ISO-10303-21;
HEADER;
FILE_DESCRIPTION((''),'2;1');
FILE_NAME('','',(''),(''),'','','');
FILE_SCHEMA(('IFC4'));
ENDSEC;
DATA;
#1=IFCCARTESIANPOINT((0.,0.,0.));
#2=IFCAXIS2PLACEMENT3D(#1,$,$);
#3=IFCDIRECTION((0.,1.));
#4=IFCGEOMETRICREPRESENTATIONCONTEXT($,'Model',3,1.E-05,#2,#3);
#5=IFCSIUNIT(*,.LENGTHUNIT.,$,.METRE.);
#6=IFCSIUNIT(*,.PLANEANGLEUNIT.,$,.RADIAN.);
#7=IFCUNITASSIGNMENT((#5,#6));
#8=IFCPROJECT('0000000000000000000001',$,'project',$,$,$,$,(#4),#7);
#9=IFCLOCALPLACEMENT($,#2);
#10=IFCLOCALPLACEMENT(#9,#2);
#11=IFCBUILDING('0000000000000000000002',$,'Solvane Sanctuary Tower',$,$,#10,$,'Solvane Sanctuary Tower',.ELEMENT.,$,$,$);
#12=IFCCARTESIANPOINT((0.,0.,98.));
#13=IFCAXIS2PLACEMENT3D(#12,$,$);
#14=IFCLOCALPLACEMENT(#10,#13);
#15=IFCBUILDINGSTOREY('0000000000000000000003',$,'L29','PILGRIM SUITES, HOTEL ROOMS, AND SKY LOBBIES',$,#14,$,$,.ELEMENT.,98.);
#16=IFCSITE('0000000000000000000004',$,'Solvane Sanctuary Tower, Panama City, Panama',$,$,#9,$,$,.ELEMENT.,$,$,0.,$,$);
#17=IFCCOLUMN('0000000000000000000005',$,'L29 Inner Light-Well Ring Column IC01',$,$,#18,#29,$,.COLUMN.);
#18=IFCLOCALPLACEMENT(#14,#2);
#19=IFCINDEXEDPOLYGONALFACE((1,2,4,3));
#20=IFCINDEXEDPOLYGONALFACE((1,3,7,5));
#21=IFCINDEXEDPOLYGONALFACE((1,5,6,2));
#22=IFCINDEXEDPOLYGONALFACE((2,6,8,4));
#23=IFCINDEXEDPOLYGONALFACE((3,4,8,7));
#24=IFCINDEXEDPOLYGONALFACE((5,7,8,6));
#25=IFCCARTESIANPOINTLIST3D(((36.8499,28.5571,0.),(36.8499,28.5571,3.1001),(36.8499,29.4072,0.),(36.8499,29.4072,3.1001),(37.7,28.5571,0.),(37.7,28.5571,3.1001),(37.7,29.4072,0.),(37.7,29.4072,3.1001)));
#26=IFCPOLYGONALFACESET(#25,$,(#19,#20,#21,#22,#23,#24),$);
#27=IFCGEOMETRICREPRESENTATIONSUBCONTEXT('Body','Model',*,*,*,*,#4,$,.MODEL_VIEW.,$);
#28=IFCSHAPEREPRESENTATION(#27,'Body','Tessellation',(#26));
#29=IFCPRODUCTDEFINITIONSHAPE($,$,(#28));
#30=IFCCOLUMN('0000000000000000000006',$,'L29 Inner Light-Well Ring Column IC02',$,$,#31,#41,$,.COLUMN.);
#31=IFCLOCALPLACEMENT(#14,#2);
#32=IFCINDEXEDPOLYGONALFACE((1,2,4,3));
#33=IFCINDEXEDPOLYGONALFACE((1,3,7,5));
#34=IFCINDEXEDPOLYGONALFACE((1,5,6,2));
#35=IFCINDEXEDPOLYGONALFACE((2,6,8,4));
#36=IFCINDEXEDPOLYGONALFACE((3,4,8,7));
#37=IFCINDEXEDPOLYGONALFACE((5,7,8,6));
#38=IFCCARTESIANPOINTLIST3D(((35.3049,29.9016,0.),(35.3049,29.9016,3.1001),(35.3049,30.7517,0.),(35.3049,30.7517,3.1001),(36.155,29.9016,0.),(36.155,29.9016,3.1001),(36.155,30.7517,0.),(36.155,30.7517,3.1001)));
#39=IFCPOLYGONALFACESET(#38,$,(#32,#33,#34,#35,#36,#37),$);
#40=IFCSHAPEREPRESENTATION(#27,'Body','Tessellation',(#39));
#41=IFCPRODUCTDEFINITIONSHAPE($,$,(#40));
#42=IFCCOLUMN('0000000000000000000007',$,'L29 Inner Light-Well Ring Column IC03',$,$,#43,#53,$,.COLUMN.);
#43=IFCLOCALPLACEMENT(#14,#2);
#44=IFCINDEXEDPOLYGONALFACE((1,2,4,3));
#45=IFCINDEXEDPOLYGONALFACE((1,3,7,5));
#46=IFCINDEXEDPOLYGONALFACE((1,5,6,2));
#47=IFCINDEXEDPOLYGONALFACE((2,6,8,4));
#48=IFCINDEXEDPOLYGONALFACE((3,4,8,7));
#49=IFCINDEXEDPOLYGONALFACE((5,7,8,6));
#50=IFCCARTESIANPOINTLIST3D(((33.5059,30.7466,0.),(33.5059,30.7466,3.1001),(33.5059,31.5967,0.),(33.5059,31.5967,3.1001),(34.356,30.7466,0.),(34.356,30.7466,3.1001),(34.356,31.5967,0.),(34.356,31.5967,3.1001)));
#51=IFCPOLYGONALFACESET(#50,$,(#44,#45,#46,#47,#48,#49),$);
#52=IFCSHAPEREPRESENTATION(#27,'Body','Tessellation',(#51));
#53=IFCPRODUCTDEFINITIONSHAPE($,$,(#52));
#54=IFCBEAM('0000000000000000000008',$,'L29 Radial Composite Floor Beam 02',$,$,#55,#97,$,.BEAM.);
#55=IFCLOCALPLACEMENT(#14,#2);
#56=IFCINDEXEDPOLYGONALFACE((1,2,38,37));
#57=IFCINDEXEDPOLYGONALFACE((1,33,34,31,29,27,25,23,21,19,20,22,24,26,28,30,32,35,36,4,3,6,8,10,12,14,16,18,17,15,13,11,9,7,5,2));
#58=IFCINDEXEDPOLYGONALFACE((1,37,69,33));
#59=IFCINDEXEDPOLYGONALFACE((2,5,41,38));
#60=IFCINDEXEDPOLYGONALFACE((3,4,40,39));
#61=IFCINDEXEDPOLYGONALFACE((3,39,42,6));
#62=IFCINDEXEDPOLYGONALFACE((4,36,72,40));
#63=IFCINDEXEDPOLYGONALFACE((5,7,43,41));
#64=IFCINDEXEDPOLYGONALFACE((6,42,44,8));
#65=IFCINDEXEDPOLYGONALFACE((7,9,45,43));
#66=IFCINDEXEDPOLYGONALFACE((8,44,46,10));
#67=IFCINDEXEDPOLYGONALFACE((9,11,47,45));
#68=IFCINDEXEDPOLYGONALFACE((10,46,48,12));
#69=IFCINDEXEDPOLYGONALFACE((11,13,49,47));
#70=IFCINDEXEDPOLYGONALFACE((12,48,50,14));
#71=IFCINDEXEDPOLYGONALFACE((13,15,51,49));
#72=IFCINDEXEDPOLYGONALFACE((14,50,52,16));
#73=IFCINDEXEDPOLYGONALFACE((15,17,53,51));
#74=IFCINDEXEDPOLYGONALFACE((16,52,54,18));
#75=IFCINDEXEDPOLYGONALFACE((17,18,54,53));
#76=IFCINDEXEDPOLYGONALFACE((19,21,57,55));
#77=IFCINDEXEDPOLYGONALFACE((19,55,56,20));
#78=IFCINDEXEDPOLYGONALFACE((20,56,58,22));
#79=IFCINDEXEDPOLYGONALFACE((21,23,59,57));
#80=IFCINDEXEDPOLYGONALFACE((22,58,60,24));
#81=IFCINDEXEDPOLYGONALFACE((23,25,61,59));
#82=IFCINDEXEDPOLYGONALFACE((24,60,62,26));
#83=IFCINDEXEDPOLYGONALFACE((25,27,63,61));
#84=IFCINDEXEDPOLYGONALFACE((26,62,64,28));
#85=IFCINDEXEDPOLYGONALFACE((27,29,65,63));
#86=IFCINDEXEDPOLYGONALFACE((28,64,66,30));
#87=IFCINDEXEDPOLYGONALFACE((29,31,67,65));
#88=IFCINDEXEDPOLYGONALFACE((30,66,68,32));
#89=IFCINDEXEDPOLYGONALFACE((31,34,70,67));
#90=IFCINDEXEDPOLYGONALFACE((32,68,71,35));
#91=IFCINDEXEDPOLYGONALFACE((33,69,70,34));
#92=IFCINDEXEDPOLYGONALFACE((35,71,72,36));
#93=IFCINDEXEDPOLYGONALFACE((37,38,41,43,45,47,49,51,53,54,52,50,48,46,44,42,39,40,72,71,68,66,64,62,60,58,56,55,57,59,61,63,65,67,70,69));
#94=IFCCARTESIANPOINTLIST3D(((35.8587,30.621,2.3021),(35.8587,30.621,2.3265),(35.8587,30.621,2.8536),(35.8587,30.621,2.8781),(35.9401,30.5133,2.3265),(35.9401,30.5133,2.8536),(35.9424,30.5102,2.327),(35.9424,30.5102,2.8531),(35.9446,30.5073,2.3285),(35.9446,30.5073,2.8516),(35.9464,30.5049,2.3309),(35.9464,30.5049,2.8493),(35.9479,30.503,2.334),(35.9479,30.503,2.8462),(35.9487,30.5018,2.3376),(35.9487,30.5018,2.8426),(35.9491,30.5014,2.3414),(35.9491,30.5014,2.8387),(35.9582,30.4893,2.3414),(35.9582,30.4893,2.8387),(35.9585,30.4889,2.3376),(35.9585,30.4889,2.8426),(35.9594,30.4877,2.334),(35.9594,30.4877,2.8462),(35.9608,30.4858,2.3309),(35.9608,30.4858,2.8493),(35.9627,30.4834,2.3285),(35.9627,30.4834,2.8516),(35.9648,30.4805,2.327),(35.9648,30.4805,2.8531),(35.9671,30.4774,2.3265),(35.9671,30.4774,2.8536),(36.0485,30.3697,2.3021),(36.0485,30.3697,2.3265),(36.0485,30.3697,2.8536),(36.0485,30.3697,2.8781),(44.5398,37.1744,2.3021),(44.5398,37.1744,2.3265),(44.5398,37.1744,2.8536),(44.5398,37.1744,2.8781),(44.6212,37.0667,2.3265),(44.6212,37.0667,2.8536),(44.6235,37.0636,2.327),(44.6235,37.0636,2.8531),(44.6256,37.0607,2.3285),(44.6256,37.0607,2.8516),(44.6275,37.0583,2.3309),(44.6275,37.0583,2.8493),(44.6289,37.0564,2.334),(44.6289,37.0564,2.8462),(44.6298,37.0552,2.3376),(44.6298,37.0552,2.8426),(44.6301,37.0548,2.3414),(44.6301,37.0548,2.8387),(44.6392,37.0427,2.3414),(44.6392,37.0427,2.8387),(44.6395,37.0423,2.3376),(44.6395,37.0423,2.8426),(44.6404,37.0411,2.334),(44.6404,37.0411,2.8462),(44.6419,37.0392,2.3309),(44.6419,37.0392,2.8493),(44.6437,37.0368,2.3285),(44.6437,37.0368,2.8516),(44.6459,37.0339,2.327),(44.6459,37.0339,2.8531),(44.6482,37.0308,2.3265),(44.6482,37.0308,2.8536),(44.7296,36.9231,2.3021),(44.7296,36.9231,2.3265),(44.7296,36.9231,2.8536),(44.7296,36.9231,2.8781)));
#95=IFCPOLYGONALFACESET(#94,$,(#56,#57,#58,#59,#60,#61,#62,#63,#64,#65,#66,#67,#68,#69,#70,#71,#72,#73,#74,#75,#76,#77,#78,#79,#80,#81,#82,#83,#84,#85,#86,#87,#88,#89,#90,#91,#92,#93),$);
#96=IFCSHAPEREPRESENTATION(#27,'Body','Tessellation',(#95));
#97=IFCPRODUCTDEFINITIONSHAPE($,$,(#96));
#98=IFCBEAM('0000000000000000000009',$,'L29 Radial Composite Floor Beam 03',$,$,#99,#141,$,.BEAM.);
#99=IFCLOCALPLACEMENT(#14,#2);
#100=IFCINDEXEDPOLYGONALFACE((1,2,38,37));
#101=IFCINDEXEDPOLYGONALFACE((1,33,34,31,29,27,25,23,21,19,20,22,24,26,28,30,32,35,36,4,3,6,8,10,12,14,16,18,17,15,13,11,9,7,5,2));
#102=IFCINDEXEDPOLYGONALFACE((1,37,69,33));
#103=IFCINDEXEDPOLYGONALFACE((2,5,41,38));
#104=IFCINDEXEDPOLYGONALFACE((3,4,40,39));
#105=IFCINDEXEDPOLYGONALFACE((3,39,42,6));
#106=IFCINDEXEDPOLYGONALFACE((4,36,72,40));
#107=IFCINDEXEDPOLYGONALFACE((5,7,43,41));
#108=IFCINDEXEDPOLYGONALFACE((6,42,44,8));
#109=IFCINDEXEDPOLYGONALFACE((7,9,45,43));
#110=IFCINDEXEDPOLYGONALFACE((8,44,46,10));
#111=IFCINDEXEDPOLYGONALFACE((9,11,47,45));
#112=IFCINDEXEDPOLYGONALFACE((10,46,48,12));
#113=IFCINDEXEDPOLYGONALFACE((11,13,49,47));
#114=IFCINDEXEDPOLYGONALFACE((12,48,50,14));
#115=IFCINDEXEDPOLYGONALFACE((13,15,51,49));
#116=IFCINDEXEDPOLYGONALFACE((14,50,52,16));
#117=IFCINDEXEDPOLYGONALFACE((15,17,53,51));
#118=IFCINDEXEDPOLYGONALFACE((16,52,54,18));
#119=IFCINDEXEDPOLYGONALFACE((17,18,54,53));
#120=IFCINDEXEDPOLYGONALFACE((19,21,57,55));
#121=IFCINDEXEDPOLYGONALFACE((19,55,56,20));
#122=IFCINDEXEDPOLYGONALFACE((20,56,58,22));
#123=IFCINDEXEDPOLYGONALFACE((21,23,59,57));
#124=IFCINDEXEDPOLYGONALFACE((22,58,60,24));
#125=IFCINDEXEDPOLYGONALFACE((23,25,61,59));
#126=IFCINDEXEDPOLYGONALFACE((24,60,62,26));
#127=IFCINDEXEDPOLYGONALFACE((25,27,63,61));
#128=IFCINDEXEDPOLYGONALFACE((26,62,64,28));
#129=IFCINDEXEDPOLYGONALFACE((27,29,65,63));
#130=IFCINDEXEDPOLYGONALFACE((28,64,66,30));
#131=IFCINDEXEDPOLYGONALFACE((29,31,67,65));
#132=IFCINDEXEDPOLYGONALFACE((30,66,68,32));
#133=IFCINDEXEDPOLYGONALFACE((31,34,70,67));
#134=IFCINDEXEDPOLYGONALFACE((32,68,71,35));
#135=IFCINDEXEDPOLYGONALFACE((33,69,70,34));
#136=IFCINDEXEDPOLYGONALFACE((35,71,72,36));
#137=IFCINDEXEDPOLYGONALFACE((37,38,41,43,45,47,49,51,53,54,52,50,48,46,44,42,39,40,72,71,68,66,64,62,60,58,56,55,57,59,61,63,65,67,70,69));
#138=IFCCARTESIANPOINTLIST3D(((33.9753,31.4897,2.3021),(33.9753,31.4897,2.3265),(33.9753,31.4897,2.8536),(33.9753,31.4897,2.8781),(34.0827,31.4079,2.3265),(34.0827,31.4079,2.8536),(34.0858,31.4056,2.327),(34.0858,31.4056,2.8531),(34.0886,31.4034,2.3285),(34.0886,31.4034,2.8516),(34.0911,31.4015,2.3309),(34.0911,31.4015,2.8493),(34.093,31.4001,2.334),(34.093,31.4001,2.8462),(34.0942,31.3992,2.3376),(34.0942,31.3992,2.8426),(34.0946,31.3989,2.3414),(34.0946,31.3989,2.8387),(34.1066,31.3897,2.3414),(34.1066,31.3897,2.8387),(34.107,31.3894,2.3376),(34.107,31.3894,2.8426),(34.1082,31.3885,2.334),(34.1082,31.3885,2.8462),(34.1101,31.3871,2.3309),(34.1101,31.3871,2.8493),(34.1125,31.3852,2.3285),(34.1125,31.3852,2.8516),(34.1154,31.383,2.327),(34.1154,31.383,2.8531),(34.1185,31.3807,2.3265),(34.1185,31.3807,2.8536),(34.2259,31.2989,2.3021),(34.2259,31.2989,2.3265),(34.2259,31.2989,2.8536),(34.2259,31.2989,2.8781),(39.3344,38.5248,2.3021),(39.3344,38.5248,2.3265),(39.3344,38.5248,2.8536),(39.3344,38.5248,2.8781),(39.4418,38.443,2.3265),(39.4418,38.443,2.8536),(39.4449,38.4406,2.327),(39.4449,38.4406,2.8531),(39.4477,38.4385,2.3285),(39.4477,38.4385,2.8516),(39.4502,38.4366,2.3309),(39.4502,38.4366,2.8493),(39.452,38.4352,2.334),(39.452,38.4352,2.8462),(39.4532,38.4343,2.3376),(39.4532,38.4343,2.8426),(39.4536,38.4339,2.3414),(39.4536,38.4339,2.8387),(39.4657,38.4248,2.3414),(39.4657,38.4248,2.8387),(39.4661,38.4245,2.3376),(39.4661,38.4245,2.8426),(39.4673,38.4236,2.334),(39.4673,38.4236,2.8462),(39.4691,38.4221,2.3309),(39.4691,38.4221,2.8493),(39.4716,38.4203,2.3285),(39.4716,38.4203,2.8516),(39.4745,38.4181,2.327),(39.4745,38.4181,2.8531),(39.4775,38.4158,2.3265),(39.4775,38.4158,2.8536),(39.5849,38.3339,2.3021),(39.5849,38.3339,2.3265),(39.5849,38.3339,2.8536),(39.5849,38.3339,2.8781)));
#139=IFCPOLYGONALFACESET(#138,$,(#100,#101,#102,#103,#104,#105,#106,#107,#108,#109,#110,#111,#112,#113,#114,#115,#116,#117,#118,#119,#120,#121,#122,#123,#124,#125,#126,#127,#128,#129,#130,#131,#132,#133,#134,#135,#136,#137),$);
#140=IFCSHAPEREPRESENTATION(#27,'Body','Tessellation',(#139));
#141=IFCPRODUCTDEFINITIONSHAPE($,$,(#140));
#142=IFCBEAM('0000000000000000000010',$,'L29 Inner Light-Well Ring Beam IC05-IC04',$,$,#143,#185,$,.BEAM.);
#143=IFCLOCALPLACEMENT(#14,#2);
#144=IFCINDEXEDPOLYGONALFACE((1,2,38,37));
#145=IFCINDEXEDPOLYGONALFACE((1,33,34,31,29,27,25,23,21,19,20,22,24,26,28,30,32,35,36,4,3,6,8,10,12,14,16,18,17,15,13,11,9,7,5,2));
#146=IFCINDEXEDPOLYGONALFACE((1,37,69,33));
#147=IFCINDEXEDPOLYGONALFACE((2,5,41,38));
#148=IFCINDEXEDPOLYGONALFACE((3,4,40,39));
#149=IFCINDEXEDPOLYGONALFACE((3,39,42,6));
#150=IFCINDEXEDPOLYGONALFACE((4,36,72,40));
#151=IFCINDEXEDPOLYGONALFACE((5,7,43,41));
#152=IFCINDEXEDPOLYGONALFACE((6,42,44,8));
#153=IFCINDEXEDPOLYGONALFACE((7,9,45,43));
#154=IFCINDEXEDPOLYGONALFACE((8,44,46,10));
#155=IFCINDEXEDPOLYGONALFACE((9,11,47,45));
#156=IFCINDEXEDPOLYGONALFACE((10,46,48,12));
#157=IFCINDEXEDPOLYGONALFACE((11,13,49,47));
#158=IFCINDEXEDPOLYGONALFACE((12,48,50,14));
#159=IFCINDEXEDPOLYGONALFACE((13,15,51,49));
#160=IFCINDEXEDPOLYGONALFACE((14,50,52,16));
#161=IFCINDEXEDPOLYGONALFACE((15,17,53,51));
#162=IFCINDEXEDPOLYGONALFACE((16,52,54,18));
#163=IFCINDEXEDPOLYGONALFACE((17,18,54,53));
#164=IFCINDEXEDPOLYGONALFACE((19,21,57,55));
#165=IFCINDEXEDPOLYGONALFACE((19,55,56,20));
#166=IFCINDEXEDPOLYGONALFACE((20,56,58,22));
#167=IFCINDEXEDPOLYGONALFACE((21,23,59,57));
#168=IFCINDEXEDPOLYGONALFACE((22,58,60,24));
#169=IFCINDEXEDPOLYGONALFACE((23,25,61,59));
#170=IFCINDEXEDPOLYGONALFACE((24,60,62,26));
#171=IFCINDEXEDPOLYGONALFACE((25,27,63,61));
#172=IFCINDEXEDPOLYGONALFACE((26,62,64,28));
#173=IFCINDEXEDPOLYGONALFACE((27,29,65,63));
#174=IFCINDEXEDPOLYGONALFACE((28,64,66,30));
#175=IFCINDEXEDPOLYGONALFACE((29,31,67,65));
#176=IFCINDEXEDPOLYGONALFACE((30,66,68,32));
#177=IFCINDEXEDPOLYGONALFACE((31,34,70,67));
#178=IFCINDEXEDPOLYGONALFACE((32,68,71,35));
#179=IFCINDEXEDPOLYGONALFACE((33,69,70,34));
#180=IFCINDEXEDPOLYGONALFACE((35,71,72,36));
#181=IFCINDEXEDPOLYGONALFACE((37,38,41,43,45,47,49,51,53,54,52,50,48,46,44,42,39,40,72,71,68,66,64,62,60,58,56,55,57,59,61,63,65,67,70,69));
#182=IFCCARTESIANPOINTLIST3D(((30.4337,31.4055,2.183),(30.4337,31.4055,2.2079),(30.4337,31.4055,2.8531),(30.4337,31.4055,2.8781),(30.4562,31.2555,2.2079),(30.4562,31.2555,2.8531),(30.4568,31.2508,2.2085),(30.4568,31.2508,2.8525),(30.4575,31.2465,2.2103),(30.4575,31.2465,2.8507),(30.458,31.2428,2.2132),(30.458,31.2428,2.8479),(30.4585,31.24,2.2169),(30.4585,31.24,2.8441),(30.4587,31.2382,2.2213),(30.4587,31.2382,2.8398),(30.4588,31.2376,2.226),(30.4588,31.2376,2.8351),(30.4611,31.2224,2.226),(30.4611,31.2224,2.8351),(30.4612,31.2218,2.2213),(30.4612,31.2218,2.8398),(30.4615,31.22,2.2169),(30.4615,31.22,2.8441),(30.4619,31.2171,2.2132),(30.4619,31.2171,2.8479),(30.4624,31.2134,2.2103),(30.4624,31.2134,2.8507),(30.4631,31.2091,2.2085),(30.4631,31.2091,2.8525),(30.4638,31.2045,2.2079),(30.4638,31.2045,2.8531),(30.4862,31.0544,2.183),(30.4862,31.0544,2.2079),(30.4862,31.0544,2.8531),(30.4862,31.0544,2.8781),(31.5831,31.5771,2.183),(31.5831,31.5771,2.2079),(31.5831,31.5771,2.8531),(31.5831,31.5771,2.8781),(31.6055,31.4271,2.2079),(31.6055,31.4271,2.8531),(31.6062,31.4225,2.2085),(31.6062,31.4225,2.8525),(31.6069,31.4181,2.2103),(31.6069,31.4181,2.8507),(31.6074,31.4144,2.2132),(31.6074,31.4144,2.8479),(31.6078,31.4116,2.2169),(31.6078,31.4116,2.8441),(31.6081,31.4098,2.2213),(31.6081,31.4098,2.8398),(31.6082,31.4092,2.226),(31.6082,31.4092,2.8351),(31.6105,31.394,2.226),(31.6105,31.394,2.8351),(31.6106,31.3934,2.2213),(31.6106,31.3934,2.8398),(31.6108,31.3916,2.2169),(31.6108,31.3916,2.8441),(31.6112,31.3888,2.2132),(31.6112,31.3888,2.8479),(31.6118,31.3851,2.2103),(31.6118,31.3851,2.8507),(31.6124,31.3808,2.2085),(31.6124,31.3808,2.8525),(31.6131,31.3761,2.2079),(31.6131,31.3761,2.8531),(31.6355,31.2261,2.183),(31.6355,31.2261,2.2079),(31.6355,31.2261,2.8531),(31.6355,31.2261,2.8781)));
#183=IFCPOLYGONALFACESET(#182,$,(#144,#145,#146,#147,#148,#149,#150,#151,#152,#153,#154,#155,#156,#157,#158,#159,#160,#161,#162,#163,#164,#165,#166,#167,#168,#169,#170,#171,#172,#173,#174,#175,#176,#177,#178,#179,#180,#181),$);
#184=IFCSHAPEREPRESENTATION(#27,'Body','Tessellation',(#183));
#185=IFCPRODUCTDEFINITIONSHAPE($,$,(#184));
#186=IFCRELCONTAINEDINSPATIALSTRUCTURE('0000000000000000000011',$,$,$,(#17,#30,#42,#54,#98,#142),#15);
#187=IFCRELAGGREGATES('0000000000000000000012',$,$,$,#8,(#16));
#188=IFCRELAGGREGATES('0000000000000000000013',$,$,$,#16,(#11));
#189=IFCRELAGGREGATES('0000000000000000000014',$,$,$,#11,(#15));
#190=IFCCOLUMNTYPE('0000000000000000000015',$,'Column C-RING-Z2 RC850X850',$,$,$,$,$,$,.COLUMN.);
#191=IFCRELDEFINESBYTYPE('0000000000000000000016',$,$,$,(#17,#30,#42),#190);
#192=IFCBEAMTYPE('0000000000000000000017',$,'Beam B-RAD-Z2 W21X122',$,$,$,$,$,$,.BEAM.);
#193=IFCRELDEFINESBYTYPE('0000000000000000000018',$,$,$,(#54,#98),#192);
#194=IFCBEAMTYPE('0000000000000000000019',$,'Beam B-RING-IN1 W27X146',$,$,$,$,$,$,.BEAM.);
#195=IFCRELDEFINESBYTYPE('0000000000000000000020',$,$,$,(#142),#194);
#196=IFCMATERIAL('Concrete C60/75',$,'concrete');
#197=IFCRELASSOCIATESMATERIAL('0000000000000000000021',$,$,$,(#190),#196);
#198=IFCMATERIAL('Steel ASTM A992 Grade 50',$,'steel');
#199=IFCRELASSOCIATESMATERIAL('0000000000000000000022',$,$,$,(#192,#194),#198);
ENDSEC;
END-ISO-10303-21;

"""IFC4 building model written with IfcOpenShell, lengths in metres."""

from ifc_helpers import new_model, si_unit, direction, frame, origin, origin_2d, place, context, subcontext, project, spatial, rectangle, i_section, extrude, material, material_profile, profile_set, type_object, element, save


model = new_model("IFC4")

# Units and contexts
model_context = context("Model", 3, precision=1e-05, world=origin(), true_north=direction((0.0, 1.0)))
body_context = subcontext(model_context, "Body", "Model", "MODEL_VIEW")
ifc_project = project(units=[si_unit("LENGTHUNIT", "METRE"), si_unit("PLANEANGLEUNIT", "RADIAN")], contexts=[model_context])

# Site, building, storey
site_placement = place(None, origin())
site = spatial("IfcSite", under=ifc_project, at=site_placement, Name="Solvane Sanctuary Tower, Panama City, Panama", CompositionType="ELEMENT", RefElevation=0.0)
building_placement = place(site_placement, origin())
building = spatial("IfcBuilding", under=site, at=building_placement, Name="Solvane Sanctuary Tower", LongName="Solvane Sanctuary Tower", CompositionType="ELEMENT")
storey_placement = place(building_placement, frame((0.0, 0.0, 98.0)))
storey = spatial("IfcBuildingStorey", under=building, at=storey_placement, Name="L29", Description="PILGRIM SUITES, HOTEL ROOMS, AND SKY LOBBIES", CompositionType="ELEMENT", Elevation=98.0)

# Columns
ifc_material_1 = material(Name="Concrete C60/75", Category="concrete")
ifc_material_profile_1 = material_profile(ifc_material_1, rectangle(XDim=0.8501, YDim=0.8501, at=origin_2d()), Name="RC850X850")
ifc_profile_set_1 = profile_set([ifc_material_profile_1], Name="Concrete C60/75")
column_type = type_object("IfcColumnType", Name="Column C-RING-Z2 RC850X850", PredefinedType="COLUMN", material=ifc_profile_set_1)
for number, where, z_axis, x_axis, name in (
    (1, (37.2749, 28.9822, 0.0), (0.0, 0.0, 1.0), (1.0, 0.0, 0.0), "L29 Inner Light-Well Ring Column IC01"),
    (2, (35.73, 30.3267, 0.0), (0.0, 0.0, 1.0), (1.0, 0.0, 0.0), "L29 Inner Light-Well Ring Column IC02"),
    (3, (33.9309, 31.1716, 0.0), (0.0, 0.0, 1.0), (1.0, 0.0, 0.0), "L29 Inner Light-Well Ring Column IC03"),
):
    element("IfcColumn", number, at=place(storey_placement, frame(where, z_axis=z_axis, x_axis=x_axis)), inside=storey, type_object=column_type, Name=name, PredefinedType="COLUMN", context=body_context, shape_type="SweptSolid", body=[
        extrude(rectangle(XDim=0.8501, YDim=0.8501, at=origin_2d()), origin(), (0.0, 0.0, 1.0), 3.1001),
    ])

# Beams
ifc_material_2 = material(Name="Steel ASTM A992 Grade 50", Category="steel")
ifc_material_profile_2 = material_profile(ifc_material_2, i_section(OverallWidth=0.3149, OverallDepth=0.5759, WebThickness=0.0151, FlangeThickness=0.0244, FilletRadius=0.0149, at=origin_2d()), Name="W21X122")
ifc_profile_set_2 = profile_set([ifc_material_profile_2], Name="Steel ASTM A992 Grade 50")
beam_type_1 = type_object("IfcBeamType", Name="Beam B-RAD-Z2 W21X122", PredefinedType="BEAM", material=ifc_profile_set_2)
beam_1_placement = place(storey_placement, frame((35.9536, 30.4954, 2.5901), z_axis=(0.798116, 0.602504, 0.0), x_axis=(-0.602504, 0.798116, 0.0)))
element("IfcBeam", 4, at=beam_1_placement, inside=storey, type_object=beam_type_1, Name="L29 Radial Composite Floor Beam 02", PredefinedType="BEAM", context=body_context, shape_type="SweptSolid", body=[
    extrude(i_section(OverallWidth=0.3149, OverallDepth=0.5759, WebThickness=0.0151, FlangeThickness=0.0244, FilletRadius=0.0149, at=origin_2d()), origin(), (0.0, 0.0, 1.0), 10.877),
])
beam_2_placement = place(storey_placement, frame((34.1006, 31.3943, 2.5901), z_axis=(0.605973, 0.795486, 0.0), x_axis=(-0.795486, 0.605973, 0.0)))
element("IfcBeam", 5, at=beam_2_placement, inside=storey, type_object=beam_type_1, Name="L29 Radial Composite Floor Beam 03", PredefinedType="BEAM", context=body_context, shape_type="SweptSolid", body=[
    extrude(i_section(OverallWidth=0.3149, OverallDepth=0.5759, WebThickness=0.0151, FlangeThickness=0.0244, FilletRadius=0.0149, at=origin_2d()), origin(), (0.0, 0.0, 1.0), 8.8438),
])
ifc_material_profile_3 = material_profile(ifc_material_2, i_section(OverallWidth=0.355, OverallDepth=0.6951, WebThickness=0.0154, FlangeThickness=0.0249, FilletRadius=0.0181, at=origin_2d()), Name="W27X146")
ifc_profile_set_3 = profile_set([ifc_material_profile_3], Name="Steel ASTM A992 Grade 50")
beam_type_2 = type_object("IfcBeamType", Name="Beam B-RING-IN1 W27X146", PredefinedType="BEAM", material=ifc_profile_set_3)
for number, where, z_axis, x_axis, name in (
    (6, (30.46, 31.23, 2.5305), (0.989035, 0.147683, 0.0), (-0.147683, 0.989035, 0.0), "L29 Inner Light-Well Ring Beam IC05-IC04"),
):
    element("IfcBeam", number, at=place(storey_placement, frame(where, z_axis=z_axis, x_axis=x_axis)), inside=storey, type_object=beam_type_2, Name=name, PredefinedType="BEAM", context=body_context, shape_type="SweptSolid", body=[
        extrude(i_section(OverallWidth=0.355, OverallDepth=0.6951, WebThickness=0.0154, FlangeThickness=0.0249, FilletRadius=0.0181, at=origin_2d()), origin(), (0.0, 0.0, 1.0), 1.1621),
    ])

save(model, "model.ifc")
